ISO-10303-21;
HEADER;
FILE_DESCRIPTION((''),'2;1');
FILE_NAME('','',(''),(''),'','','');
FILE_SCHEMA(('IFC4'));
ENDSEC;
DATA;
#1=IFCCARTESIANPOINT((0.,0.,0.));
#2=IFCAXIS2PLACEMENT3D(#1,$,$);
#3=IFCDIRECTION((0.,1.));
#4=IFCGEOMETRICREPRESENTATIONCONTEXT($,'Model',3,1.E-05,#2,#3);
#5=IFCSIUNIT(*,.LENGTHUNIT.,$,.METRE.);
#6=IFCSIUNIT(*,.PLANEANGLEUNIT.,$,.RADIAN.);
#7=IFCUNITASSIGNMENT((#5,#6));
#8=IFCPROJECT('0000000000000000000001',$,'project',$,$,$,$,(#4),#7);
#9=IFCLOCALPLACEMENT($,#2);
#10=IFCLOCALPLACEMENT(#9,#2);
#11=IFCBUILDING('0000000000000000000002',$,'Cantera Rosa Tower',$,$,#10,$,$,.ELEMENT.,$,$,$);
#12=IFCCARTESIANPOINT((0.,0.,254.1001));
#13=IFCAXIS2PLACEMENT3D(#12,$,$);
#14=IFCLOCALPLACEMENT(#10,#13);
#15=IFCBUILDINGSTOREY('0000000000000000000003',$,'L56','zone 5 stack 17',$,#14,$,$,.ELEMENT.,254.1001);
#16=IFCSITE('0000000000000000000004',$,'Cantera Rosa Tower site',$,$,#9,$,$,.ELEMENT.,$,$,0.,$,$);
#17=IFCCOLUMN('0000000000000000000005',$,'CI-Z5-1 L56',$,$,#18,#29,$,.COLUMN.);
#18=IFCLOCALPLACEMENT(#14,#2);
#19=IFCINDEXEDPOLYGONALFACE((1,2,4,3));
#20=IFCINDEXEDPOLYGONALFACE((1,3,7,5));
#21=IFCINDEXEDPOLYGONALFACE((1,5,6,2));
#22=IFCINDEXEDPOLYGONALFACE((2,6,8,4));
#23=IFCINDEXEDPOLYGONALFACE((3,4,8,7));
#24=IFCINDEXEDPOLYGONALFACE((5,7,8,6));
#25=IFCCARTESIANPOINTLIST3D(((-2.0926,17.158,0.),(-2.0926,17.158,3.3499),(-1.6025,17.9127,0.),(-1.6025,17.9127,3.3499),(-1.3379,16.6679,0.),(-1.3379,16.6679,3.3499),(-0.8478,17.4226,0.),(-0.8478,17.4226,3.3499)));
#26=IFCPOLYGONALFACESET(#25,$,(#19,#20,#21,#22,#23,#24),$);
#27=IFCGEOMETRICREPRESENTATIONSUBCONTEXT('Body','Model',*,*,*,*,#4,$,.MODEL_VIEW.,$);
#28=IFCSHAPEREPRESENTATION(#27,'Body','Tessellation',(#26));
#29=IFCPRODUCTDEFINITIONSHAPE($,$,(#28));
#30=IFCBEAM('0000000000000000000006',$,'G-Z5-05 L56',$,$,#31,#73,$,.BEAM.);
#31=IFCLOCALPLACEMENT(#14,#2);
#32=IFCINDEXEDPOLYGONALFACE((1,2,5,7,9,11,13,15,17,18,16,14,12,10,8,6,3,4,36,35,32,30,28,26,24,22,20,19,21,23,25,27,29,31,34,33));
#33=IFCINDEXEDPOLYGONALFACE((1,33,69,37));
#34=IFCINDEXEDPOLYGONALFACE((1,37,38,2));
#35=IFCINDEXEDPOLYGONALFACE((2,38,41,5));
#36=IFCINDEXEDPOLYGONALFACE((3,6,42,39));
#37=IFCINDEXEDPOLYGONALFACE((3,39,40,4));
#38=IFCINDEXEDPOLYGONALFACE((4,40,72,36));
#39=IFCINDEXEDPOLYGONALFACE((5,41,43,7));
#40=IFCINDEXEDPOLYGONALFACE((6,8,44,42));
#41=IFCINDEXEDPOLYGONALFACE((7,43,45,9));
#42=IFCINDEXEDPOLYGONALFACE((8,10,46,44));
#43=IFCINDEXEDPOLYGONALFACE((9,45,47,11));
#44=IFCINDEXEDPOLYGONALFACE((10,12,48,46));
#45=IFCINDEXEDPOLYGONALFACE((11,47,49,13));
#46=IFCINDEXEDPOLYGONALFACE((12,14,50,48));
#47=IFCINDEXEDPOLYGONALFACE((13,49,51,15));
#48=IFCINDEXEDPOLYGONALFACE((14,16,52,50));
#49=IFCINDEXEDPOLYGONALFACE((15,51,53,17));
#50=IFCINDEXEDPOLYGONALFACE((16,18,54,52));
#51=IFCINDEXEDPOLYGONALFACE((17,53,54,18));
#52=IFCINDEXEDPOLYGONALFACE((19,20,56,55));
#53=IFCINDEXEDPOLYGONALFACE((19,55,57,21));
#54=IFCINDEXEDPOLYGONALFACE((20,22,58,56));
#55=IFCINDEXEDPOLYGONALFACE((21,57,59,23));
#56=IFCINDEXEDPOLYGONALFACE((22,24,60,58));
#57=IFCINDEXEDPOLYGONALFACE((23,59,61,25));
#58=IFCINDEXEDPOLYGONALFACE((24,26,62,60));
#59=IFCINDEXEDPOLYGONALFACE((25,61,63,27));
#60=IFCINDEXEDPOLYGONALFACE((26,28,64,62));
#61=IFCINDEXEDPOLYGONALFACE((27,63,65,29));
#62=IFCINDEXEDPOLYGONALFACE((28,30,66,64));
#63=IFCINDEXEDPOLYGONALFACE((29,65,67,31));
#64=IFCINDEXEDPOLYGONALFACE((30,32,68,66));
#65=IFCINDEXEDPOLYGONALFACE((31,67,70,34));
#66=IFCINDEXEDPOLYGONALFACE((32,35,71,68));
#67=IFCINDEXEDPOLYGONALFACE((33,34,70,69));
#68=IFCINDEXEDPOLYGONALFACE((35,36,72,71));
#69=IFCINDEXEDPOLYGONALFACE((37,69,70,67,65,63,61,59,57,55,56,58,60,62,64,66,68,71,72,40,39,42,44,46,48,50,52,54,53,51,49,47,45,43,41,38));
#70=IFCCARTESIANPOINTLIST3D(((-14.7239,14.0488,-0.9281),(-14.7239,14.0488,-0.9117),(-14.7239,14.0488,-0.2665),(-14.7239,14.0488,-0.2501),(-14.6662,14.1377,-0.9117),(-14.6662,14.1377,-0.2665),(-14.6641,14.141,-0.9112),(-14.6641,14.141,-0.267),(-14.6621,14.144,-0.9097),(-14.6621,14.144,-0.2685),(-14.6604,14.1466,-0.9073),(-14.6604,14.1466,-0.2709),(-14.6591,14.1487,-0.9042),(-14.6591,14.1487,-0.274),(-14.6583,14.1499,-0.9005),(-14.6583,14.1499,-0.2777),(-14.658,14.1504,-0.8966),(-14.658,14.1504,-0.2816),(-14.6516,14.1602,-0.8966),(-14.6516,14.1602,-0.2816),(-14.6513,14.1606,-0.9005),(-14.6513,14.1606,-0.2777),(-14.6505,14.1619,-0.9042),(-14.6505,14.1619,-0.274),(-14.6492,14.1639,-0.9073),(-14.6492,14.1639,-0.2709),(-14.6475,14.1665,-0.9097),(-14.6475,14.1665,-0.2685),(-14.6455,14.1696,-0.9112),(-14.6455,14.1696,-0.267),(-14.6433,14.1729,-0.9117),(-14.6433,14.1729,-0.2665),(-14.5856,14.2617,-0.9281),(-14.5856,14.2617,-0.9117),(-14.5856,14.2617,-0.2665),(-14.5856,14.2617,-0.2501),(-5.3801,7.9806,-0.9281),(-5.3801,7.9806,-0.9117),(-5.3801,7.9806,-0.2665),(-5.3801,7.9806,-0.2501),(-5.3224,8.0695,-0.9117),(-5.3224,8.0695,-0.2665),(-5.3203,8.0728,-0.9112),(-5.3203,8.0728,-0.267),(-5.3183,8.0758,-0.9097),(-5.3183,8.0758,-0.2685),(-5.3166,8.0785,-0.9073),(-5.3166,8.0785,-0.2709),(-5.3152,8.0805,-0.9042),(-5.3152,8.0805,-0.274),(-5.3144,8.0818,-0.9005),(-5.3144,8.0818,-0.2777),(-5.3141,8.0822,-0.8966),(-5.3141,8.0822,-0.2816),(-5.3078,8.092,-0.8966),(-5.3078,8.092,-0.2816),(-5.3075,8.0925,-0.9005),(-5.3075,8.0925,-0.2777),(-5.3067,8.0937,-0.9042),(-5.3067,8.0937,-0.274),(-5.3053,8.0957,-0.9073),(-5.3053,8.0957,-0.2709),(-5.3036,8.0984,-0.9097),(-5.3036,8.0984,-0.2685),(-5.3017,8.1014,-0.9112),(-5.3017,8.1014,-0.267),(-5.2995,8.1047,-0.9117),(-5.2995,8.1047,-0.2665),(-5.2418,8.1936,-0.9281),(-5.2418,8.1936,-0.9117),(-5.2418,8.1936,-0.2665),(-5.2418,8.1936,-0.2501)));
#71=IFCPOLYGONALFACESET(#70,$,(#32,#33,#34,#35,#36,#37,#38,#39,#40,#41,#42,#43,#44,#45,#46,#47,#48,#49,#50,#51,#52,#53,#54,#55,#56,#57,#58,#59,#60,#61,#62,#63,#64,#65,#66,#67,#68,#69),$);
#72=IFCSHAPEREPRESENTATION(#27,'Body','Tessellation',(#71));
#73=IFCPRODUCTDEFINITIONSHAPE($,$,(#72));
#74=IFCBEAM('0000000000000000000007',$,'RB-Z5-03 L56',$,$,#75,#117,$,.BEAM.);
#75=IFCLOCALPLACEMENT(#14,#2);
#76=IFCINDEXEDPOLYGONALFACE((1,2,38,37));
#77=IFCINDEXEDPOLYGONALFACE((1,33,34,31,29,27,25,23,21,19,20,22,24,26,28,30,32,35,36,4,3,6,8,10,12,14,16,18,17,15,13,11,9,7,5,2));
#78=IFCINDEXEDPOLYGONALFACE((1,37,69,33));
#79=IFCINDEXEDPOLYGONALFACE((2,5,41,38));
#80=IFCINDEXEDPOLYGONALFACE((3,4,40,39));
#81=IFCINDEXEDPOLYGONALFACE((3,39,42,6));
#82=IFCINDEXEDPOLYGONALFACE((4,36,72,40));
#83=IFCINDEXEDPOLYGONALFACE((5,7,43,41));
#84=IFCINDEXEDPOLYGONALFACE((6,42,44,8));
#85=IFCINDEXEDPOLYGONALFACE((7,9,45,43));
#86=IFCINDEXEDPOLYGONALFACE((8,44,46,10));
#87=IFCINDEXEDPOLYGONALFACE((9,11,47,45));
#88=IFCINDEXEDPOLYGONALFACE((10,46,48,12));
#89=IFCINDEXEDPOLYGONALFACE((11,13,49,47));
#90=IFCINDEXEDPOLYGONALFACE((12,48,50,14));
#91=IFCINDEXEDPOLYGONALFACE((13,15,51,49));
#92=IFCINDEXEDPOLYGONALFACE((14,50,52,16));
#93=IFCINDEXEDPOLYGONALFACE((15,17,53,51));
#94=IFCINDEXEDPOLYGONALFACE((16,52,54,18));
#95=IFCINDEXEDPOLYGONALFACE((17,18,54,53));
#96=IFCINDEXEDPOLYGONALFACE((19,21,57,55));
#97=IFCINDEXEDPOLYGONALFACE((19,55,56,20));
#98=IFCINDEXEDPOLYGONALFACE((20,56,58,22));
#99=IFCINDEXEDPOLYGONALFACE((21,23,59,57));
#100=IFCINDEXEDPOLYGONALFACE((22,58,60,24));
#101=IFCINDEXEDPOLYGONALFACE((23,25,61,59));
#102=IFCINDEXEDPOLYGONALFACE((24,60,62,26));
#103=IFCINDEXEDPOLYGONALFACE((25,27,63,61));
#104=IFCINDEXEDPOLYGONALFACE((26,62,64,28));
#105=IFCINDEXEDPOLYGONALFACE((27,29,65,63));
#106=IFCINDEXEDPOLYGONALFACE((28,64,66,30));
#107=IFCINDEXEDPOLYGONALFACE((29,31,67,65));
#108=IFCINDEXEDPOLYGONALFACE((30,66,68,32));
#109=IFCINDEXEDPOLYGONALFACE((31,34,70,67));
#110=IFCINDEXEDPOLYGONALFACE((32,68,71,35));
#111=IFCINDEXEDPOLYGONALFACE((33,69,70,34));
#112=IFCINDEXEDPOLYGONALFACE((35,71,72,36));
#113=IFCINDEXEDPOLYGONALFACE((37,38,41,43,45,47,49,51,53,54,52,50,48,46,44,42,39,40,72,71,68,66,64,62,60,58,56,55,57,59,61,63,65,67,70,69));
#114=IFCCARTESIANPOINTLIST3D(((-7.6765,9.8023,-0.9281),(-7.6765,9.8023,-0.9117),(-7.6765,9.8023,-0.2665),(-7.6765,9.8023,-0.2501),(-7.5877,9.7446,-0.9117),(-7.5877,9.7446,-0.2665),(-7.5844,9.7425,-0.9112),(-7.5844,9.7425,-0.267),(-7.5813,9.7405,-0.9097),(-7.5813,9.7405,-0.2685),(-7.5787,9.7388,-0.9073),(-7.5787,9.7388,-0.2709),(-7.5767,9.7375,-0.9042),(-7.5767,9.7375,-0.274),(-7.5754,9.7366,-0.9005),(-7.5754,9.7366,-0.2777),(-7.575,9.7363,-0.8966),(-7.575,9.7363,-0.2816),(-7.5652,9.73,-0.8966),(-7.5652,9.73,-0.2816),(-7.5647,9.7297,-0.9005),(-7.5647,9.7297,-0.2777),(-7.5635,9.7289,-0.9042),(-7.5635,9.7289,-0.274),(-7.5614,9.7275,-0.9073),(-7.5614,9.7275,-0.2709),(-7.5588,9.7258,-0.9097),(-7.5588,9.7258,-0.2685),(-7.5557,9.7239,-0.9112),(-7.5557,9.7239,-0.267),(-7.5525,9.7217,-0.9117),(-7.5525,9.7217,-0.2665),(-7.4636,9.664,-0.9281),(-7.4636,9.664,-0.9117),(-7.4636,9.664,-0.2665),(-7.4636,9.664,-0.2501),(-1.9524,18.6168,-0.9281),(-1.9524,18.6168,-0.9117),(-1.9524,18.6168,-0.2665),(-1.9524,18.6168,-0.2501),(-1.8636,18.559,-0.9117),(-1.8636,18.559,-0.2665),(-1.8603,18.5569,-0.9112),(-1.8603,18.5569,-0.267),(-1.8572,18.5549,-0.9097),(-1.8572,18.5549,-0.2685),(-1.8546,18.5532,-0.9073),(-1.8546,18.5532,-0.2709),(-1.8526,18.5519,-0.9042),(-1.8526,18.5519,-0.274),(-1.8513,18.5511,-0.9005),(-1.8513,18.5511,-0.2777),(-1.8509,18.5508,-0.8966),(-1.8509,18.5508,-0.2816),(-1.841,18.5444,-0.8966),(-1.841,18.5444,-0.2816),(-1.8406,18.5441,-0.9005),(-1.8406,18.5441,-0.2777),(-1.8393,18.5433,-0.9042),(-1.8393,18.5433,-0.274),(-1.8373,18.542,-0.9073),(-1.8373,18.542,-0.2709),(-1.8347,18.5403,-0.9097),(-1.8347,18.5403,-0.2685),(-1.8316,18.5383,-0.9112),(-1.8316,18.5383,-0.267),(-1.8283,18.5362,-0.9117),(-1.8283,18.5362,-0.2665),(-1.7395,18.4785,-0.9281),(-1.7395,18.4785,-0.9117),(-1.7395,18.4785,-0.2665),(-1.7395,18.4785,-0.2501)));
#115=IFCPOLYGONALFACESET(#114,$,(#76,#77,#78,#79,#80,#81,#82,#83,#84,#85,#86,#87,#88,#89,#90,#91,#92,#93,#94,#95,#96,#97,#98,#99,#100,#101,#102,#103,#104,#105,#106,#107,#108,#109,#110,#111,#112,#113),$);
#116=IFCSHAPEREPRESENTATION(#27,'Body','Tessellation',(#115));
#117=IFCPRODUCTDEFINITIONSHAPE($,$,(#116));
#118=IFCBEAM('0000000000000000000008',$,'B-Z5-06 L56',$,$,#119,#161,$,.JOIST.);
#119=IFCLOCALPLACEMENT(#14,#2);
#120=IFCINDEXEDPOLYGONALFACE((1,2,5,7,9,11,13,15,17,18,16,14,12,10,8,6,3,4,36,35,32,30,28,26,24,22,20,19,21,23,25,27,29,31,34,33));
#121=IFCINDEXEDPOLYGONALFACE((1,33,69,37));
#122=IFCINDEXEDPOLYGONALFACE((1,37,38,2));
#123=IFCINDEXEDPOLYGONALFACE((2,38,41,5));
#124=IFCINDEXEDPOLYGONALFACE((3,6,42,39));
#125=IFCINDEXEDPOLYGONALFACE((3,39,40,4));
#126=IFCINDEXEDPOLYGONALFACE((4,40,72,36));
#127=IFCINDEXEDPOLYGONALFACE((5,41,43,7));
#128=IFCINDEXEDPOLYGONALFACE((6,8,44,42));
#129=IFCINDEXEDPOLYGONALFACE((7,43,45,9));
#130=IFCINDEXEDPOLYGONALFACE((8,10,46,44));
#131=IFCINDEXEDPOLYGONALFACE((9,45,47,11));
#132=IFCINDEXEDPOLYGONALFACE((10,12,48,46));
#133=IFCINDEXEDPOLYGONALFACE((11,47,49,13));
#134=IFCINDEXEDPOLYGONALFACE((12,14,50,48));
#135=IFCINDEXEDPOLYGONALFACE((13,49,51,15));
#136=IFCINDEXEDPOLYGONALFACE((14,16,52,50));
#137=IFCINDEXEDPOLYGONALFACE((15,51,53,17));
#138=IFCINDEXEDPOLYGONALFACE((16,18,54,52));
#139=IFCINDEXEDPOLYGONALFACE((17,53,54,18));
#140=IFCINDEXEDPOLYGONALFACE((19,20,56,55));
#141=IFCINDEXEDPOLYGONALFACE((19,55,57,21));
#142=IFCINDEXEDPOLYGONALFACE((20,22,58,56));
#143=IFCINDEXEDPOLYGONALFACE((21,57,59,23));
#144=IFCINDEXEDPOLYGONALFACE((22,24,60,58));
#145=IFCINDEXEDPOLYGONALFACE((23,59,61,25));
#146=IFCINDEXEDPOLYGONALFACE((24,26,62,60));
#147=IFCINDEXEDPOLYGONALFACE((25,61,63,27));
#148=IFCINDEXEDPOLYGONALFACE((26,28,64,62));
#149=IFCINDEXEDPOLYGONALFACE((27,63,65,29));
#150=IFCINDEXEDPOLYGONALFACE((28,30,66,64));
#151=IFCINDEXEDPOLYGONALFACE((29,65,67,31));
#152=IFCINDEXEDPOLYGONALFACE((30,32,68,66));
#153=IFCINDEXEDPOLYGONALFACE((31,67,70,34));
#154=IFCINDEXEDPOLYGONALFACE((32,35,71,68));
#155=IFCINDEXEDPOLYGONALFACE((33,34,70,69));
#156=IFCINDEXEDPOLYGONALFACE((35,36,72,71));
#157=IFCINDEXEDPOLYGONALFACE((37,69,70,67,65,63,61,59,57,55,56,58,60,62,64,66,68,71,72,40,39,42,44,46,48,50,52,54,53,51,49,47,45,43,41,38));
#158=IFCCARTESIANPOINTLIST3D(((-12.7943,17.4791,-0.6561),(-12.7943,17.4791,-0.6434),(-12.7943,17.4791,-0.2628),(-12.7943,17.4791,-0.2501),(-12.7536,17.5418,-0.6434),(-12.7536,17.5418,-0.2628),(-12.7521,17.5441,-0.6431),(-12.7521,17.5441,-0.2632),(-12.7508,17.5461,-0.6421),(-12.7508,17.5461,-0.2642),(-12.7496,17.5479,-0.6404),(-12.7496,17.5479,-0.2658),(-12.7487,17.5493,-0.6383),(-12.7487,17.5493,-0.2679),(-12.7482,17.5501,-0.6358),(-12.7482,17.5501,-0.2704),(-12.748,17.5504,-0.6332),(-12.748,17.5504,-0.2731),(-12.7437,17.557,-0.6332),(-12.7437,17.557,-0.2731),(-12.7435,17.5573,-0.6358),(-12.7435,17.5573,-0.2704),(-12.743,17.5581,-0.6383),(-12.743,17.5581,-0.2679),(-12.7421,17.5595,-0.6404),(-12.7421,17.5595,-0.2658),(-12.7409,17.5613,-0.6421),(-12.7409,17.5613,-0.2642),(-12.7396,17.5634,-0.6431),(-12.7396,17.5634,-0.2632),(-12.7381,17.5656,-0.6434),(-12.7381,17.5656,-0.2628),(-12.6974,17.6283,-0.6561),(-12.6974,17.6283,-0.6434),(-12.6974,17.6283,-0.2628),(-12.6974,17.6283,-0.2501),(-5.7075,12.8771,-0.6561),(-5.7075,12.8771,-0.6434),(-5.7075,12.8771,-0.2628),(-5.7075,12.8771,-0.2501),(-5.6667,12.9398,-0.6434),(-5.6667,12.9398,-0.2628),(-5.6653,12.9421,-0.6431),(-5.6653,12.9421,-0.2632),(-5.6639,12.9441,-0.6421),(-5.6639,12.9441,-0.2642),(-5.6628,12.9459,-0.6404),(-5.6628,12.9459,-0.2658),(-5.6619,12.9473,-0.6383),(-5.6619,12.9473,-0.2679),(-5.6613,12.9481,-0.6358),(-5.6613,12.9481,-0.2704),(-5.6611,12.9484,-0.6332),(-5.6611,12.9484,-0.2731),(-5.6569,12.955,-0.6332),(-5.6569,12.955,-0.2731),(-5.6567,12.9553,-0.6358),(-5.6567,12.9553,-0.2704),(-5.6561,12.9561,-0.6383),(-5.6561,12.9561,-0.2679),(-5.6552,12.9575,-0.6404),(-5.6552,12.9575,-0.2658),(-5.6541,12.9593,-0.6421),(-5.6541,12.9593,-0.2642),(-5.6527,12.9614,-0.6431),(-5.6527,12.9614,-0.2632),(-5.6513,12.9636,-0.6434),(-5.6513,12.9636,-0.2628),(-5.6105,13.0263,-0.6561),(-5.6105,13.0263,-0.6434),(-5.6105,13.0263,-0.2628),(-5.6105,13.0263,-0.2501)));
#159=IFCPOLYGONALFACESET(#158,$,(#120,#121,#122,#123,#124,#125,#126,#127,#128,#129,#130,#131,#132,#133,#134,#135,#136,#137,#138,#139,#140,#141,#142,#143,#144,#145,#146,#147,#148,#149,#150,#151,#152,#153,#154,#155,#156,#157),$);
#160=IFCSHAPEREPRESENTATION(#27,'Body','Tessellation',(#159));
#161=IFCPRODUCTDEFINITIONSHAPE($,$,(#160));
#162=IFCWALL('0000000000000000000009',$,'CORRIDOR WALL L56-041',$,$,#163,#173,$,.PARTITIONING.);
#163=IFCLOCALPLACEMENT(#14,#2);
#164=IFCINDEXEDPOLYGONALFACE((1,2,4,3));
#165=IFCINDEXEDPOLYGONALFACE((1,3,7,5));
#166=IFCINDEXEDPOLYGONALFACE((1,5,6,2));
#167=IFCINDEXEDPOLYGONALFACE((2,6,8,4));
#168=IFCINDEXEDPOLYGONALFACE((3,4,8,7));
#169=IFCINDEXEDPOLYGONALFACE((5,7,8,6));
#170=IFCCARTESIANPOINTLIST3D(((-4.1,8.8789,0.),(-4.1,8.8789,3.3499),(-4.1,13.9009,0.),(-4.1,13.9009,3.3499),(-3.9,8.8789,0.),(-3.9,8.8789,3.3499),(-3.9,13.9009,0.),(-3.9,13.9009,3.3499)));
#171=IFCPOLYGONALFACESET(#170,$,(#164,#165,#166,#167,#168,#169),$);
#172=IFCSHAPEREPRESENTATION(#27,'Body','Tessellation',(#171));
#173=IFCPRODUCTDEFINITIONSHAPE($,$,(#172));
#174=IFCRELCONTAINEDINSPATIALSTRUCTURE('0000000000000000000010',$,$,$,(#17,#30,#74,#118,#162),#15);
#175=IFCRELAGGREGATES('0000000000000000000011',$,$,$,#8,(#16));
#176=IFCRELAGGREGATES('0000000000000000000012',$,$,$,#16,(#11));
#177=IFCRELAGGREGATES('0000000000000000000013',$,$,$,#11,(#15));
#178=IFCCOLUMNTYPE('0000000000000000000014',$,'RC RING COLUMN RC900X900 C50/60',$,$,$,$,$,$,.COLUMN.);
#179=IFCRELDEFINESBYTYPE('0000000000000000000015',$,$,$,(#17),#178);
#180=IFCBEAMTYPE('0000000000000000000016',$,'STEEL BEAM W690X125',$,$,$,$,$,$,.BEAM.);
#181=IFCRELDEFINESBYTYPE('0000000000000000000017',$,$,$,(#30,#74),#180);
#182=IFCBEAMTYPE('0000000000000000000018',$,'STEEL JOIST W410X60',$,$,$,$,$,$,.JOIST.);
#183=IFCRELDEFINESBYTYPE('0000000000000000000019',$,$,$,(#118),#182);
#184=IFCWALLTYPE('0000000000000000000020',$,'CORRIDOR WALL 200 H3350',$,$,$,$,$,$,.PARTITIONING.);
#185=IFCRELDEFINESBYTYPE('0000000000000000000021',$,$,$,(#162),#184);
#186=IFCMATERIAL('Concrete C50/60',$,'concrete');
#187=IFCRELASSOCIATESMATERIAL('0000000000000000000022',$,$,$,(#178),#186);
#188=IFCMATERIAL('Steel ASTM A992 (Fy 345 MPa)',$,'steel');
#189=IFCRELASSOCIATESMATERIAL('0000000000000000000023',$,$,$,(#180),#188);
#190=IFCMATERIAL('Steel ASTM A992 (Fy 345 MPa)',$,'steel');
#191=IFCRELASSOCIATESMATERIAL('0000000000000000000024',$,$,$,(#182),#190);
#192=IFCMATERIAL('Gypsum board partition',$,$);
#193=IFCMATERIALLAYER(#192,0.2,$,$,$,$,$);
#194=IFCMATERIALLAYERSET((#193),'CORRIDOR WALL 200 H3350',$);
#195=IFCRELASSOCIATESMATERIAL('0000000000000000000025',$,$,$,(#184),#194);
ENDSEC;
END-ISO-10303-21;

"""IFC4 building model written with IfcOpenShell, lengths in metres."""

from ifc_helpers import new_model, si_unit, direction, frame, frame_2d, origin, origin_2d, place, context, subcontext, project, spatial, rectangle, i_section, extrude, material, layer, layer_set, material_profile, profile_set, type_object, element, save


model = new_model("IFC4")

# Units and contexts
model_context = context("Model", 3, precision=1e-05, world=origin(), true_north=direction((0.0, 1.0)))
body_context = subcontext(model_context, "Body", "Model", "MODEL_VIEW")
ifc_project = project(units=[si_unit("LENGTHUNIT", "METRE"), si_unit("PLANEANGLEUNIT", "RADIAN")], contexts=[model_context])

# Site, building, storey
site_placement = place(None, origin())
site = spatial("IfcSite", under=ifc_project, at=site_placement, Name="Cantera Rosa Tower site", CompositionType="ELEMENT", RefElevation=0.0)
building_placement = place(site_placement, origin())
building = spatial("IfcBuilding", under=site, at=building_placement, Name="Cantera Rosa Tower", CompositionType="ELEMENT")
storey_placement = place(building_placement, frame((0.0, 0.0, 254.1001)))
storey = spatial("IfcBuildingStorey", under=building, at=storey_placement, Name="L56", Description="zone 5 stack 17", CompositionType="ELEMENT", Elevation=254.1001)

# Column
ifc_material_1 = material(Name="Concrete C50/60", Category="concrete")
ifc_material_profile_1 = material_profile(ifc_material_1, rectangle(XDim=0.8999, YDim=0.8999, at=origin_2d()), Name="RC RING COLUMN RC900X900 C50/60")
ifc_profile_set_1 = profile_set([ifc_material_profile_1], Name="Concrete C50/60")
column_type = type_object("IfcColumnType", Name="RC RING COLUMN RC900X900 C50/60", PredefinedType="COLUMN", material=ifc_profile_set_1)
column_placement = place(storey_placement, frame((-1.4702, 17.2903, 0.0), z_axis=(0.0, 0.0, 1.0), x_axis=(0.544639, 0.838671, 0.0)))
element("IfcColumn", 1, at=column_placement, inside=storey, type_object=column_type, Name="CI-Z5-1 L56", PredefinedType="COLUMN", context=body_context, shape_type="SweptSolid", body=[
    extrude(rectangle(XDim=0.8999, YDim=0.8999, at=origin_2d()), origin(), (0.0, 0.0, 1.0), 3.3499),
])

# Beams
ifc_material_2 = material(Name="Steel ASTM A992 (Fy 345 MPa)", Category="steel")
ifc_material_profile_2 = material_profile(ifc_material_2, i_section(OverallWidth=0.2539, OverallDepth=0.678, WebThickness=0.0117, FlangeThickness=0.0164, FilletRadius=0.0151, at=origin_2d()), Name="W690X125")
ifc_profile_set_2 = profile_set([ifc_material_profile_2], Name="Steel ASTM A992 (Fy 345 MPa)")
beam_type_1 = type_object("IfcBeamType", Name="STEEL BEAM W690X125", PredefinedType="BEAM", material=ifc_profile_set_2)
beam_1_placement = place(storey_placement, frame((-14.6548, 14.1553, -0.5891), z_axis=(0.838662, -0.544652, 0.0), x_axis=(0.544652, 0.838662, 0.0)))
element("IfcBeam", 2, at=beam_1_placement, inside=storey, type_object=beam_type_1, Name="G-Z5-05 L56", PredefinedType="BEAM", context=body_context, shape_type="SweptSolid", body=[
    extrude(i_section(OverallWidth=0.2539, OverallDepth=0.678, WebThickness=0.0117, FlangeThickness=0.0164, FilletRadius=0.0151, at=origin_2d()), origin(), (0.0, 0.0, 1.0), 11.1414),
])
beam_2_placement = place(storey_placement, frame((-7.5701, 9.7332, -0.5891), z_axis=(0.544636, 0.838673, 0.0), x_axis=(-0.838673, 0.544636, 0.0)))
element("IfcBeam", 3, at=beam_2_placement, inside=storey, type_object=beam_type_1, Name="RB-Z5-03 L56", PredefinedType="BEAM", context=body_context, shape_type="SweptSolid", body=[
    extrude(i_section(OverallWidth=0.2539, OverallDepth=0.678, WebThickness=0.0117, FlangeThickness=0.0164, FilletRadius=0.0151, at=origin_2d()), origin(), (0.0, 0.0, 1.0), 10.51),
])
ifc_material_3 = material(Name="Steel ASTM A992 (Fy 345 MPa)", Category="steel")
ifc_material_profile_3 = material_profile(ifc_material_3, i_section(OverallWidth=0.178, OverallDepth=0.406, WebThickness=0.0078, FlangeThickness=0.0127, FilletRadius=0.0103, at=origin_2d()), Name="W410X60")
ifc_profile_set_3 = profile_set([ifc_material_profile_3], Name="Steel ASTM A992 (Fy 345 MPa)")
beam_type_2 = type_object("IfcBeamType", Name="STEEL JOIST W410X60", PredefinedType="JOIST", material=ifc_profile_set_3)
beam_3_placement = place(storey_placement, frame((-12.7458, 17.5537, -0.4531), z_axis=(0.838684, -0.544619, 0.0), x_axis=(0.544619, 0.838684, 0.0)))
element("IfcBeam", 4, at=beam_3_placement, inside=storey, type_object=beam_type_2, Name="B-Z5-06 L56", PredefinedType="JOIST", context=body_context, shape_type="SweptSolid", body=[
    extrude(i_section(OverallWidth=0.178, OverallDepth=0.406, WebThickness=0.0078, FlangeThickness=0.0127, FilletRadius=0.0103, at=origin_2d()), origin(), (0.0, 0.0, 1.0), 8.45),
])

# Wall
ifc_material_4 = material(Name="Gypsum board partition")
ifc_layer_1 = layer(ifc_material_4, 0.2)
ifc_layer_set_1 = layer_set([ifc_layer_1], Name="CORRIDOR WALL 200 H3350")
wall_type_1 = type_object("IfcWallType", Name="CORRIDOR WALL 200 H3350", PredefinedType="PARTITIONING", material=ifc_layer_set_1)
wall_1_placement = place(storey_placement, frame((-4.0, 13.9009, 0.0), z_axis=(0.0, 0.0, 1.0), x_axis=(0.0, -1.0, 0.0)))
element("IfcWall", 5, at=wall_1_placement, inside=storey, type_object=wall_type_1, Name="CORRIDOR WALL L56-041", PredefinedType="PARTITIONING", context=body_context, shape_type="SweptSolid", body=[
    extrude(rectangle(XDim=5.022, YDim=0.2, at=frame_2d((2.511, 0.0))), origin(), (0.0, 0.0, 1.0), 3.3499),
])

save(model, "model.ifc")
